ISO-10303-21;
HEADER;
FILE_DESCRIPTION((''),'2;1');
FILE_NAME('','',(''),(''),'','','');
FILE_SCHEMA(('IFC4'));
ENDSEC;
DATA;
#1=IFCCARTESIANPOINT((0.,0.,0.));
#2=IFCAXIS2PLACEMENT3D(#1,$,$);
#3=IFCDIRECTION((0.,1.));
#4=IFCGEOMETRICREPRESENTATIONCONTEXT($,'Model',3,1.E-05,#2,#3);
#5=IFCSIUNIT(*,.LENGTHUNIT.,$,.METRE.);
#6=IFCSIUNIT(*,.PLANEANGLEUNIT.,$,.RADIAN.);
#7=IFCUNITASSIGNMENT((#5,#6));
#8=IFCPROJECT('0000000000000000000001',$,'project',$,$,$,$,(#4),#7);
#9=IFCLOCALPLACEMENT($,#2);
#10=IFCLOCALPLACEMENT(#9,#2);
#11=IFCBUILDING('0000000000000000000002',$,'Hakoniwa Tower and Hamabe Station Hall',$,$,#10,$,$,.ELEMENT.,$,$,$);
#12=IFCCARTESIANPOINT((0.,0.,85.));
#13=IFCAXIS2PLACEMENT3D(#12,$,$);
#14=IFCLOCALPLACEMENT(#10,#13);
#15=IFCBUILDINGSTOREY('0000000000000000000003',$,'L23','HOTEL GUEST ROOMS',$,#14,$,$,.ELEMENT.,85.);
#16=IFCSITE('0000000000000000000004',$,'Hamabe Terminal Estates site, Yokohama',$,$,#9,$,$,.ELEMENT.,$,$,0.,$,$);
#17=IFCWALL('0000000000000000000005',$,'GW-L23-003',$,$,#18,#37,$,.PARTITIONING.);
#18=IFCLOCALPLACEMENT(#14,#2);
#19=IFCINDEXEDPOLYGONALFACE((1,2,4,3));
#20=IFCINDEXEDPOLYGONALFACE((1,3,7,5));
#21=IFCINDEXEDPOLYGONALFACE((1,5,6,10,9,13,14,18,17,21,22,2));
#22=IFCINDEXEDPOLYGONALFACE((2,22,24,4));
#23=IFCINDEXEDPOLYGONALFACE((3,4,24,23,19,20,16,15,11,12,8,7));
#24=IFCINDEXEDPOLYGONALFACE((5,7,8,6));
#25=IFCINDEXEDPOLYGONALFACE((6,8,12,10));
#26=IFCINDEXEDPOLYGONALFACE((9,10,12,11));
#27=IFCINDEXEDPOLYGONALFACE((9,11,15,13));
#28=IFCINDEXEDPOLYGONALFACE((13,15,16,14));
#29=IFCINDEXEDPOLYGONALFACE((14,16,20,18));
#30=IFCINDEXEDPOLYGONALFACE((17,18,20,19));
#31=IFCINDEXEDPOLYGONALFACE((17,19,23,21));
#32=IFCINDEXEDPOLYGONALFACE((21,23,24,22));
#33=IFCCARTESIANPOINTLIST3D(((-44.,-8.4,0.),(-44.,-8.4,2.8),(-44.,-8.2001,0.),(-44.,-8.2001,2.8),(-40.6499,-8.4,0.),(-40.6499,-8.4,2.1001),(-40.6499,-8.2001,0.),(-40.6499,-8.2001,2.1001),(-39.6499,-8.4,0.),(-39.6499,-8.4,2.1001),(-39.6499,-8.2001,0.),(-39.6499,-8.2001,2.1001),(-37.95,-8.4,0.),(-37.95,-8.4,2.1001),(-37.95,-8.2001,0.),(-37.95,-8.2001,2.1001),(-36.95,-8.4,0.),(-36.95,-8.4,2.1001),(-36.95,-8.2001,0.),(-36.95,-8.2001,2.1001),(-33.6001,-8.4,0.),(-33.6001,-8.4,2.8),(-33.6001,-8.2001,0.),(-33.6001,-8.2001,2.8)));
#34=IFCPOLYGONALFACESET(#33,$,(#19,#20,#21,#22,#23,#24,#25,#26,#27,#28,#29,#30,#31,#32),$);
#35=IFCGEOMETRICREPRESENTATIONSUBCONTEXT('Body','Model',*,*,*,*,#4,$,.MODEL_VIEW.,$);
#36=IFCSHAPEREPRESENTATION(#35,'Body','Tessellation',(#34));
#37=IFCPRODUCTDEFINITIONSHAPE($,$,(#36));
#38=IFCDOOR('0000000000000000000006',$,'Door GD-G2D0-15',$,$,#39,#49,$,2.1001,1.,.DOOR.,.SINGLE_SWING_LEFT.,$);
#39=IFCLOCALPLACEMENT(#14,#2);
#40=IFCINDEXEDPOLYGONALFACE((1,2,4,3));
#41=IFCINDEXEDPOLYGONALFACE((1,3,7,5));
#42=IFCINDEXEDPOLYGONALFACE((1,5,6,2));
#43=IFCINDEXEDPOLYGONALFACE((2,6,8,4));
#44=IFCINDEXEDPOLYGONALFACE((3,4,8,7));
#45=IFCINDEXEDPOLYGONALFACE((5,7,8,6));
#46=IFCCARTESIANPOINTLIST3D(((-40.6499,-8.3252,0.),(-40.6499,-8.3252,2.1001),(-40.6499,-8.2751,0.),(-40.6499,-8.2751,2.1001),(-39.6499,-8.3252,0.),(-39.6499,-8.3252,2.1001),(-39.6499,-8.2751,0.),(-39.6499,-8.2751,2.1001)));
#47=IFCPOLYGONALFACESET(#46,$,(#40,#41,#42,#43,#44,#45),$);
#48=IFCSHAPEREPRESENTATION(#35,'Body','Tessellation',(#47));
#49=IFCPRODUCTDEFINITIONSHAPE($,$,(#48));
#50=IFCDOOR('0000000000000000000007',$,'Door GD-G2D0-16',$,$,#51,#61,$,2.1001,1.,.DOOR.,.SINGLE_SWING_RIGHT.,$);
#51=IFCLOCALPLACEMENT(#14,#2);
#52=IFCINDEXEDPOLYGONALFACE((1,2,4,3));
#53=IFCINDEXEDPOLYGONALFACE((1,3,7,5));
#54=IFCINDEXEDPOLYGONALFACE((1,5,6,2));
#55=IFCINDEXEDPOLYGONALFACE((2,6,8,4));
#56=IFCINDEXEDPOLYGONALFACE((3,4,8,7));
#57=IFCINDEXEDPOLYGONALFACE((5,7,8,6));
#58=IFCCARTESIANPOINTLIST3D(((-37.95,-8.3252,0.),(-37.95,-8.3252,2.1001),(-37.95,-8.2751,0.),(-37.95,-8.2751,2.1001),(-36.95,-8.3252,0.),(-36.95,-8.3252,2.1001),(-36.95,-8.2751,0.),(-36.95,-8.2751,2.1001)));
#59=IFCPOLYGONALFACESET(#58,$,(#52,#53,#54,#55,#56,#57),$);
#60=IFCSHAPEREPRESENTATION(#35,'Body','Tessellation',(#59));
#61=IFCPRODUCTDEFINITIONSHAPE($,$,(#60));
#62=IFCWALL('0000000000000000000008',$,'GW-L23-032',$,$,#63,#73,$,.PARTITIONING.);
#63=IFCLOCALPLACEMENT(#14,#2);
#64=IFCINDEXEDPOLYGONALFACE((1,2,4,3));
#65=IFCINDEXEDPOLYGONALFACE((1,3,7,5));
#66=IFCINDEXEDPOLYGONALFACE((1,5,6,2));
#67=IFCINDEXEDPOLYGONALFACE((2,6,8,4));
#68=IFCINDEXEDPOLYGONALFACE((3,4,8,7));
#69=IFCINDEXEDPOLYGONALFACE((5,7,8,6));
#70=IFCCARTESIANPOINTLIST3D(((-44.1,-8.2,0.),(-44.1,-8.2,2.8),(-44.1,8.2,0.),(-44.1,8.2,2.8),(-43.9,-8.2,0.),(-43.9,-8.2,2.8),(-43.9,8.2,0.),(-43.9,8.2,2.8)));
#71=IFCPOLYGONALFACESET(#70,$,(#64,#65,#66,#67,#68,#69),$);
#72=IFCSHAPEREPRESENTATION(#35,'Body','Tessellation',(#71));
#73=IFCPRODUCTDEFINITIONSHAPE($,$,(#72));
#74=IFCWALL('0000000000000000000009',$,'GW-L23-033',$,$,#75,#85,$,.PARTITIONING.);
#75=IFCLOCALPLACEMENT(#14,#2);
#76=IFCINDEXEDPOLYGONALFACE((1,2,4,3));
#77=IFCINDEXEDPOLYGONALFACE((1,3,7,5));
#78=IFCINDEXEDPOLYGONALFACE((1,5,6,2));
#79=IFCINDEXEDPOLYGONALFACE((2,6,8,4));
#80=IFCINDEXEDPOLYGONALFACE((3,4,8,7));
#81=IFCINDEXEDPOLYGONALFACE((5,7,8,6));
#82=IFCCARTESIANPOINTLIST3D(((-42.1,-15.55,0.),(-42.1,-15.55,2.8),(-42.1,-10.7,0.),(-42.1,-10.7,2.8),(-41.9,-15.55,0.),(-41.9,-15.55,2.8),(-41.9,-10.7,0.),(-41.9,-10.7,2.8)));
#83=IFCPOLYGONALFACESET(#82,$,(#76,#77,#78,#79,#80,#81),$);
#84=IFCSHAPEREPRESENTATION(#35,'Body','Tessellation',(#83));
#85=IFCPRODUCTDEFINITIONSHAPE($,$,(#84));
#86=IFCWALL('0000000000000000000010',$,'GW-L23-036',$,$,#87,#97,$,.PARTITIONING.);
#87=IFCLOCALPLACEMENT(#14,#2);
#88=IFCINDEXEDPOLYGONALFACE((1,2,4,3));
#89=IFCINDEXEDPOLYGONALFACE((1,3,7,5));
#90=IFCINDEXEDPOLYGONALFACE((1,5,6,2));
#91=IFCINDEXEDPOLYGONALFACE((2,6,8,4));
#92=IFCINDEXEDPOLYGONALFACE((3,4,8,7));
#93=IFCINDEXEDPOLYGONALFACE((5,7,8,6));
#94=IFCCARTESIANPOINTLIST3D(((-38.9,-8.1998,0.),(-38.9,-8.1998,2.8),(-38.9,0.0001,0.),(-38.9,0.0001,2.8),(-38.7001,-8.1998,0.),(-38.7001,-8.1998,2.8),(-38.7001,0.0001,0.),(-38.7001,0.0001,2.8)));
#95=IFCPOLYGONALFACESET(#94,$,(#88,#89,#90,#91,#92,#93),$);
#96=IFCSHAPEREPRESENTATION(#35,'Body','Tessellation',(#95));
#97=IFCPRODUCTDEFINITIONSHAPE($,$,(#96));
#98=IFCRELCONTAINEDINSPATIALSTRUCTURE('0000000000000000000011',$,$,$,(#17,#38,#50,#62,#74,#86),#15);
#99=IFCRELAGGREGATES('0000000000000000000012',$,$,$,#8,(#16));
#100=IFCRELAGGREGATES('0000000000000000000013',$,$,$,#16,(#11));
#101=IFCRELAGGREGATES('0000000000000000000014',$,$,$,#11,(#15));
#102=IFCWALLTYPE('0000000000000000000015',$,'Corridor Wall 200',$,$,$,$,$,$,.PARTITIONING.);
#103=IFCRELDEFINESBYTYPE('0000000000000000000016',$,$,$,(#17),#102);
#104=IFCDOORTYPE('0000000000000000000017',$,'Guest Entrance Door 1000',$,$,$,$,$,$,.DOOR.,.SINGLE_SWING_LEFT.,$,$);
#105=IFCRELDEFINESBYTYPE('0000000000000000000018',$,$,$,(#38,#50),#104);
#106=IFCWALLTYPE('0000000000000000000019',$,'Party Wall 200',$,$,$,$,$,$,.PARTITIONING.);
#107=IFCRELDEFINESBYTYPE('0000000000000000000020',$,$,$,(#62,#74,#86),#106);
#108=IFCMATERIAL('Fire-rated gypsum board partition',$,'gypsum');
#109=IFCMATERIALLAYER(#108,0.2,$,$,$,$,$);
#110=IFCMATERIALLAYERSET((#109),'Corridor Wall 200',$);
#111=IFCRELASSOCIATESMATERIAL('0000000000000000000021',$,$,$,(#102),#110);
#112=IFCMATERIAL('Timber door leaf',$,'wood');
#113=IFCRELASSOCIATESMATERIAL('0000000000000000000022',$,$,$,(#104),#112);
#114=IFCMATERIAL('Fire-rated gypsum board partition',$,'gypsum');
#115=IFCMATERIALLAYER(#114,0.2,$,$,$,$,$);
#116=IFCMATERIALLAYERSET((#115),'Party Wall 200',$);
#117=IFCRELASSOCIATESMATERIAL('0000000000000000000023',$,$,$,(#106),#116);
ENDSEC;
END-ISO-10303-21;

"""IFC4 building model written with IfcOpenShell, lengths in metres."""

from ifc_helpers import new_model, si_unit, direction, frame, frame_2d, origin, place, context, subcontext, project, spatial, rectangle, extrude, material, layer, layer_set, type_object, element, fill, save


model = new_model("IFC4")

# Units and contexts
model_context = context("Model", 3, precision=1e-05, world=origin(), true_north=direction((0.0, 1.0)))
body_context = subcontext(model_context, "Body", "Model", "MODEL_VIEW")
ifc_project = project(units=[si_unit("LENGTHUNIT", "METRE"), si_unit("PLANEANGLEUNIT", "RADIAN")], contexts=[model_context])

# Site, building, storey
site_placement = place(None, origin())
site = spatial("IfcSite", under=ifc_project, at=site_placement, Name="Hamabe Terminal Estates site, Yokohama", CompositionType="ELEMENT", RefElevation=0.0)
building_placement = place(site_placement, origin())
building = spatial("IfcBuilding", under=site, at=building_placement, Name="Hakoniwa Tower and Hamabe Station Hall", CompositionType="ELEMENT")
storey_placement = place(building_placement, frame((0.0, 0.0, 85.0)))
storey = spatial("IfcBuildingStorey", under=building, at=storey_placement, Name="L23", Description="HOTEL GUEST ROOMS", CompositionType="ELEMENT", Elevation=85.0)

# Wall, openings, doors
ifc_material_1 = material(Name="Fire-rated gypsum board partition", Category="gypsum")
ifc_layer_1 = layer(ifc_material_1, 0.2)
ifc_layer_set_1 = layer_set([ifc_layer_1], Name="Corridor Wall 200")
wall_type_1 = type_object("IfcWallType", Name="Corridor Wall 200", PredefinedType="PARTITIONING", material=ifc_layer_set_1)
wall_1_placement = place(storey_placement, frame((-44.0, -8.3, 0.0), z_axis=(0.0, 0.0, 1.0), x_axis=(1.0, 0.0, 0.0)))
wall_1 = element("IfcWall", 1, at=wall_1_placement, inside=storey, type_object=wall_type_1, Name="GW-L23-003", PredefinedType="PARTITIONING", context=body_context, shape_type="SweptSolid", body=[
    extrude(rectangle(XDim=10.3999, YDim=0.2, at=frame_2d((5.2, 0.0))), origin(), (0.0, 0.0, 1.0), 2.8),
])
opening_1_placement = place(wall_1_placement, frame((3.3501, 0.0, 0.0)))
opening_1 = element("IfcOpeningElement", 2, at=opening_1_placement, cuts=wall_1, PredefinedType="OPENING", context=body_context, shape_type="SweptSolid", body=[
    extrude(rectangle(XDim=1.0, YDim=2.1001, at=frame_2d((0.5, 1.05))), frame((0.0, 0.1099, 0.0), z_axis=(0.0, -1.0, 0.0), x_axis=(1.0, 0.0, 0.0)), (0.0, 0.0, 1.0), 0.22),
])
opening_2_placement = place(wall_1_placement, frame((6.05, 0.0, 0.0)))
opening_2 = element("IfcOpeningElement", 3, at=opening_2_placement, cuts=wall_1, PredefinedType="OPENING", context=body_context, shape_type="SweptSolid", body=[
    extrude(rectangle(XDim=1.0, YDim=2.1001, at=frame_2d((0.5, 1.05))), frame((0.0, 0.1099, 0.0), z_axis=(0.0, -1.0, 0.0), x_axis=(1.0, 0.0, 0.0)), (0.0, 0.0, 1.0), 0.22),
])
ifc_material_2 = material(Name="Timber door leaf", Category="wood")
door_type_1 = type_object("IfcDoorType", Name="Guest Entrance Door 1000", OperationType="SINGLE_SWING_LEFT", PredefinedType="DOOR", material=ifc_material_2)
door_1_placement = place(opening_1_placement, origin())
door_1 = element("IfcDoor", 4, at=door_1_placement, inside=storey, type_object=door_type_1, Name="Door GD-G2D0-15", OperationType="SINGLE_SWING_LEFT", OverallHeight=2.1001, OverallWidth=1.0, PredefinedType="DOOR", context=body_context, shape_type="SweptSolid", body=[
    extrude(rectangle(XDim=1.0, YDim=2.1001, at=frame_2d((0.5, 1.05))), frame((0.0, 0.0249, 0.0), z_axis=(0.0, -1.0, 0.0), x_axis=(1.0, 0.0, 0.0)), (0.0, 0.0, 1.0), 0.05),
])
fill(opening_1, door_1)
door_2_placement = place(opening_2_placement, origin())
door_2 = element("IfcDoor", 5, at=door_2_placement, inside=storey, type_object=door_type_1, Name="Door GD-G2D0-16", OperationType="SINGLE_SWING_RIGHT", OverallHeight=2.1001, OverallWidth=1.0, PredefinedType="DOOR", context=body_context, shape_type="SweptSolid", body=[
    extrude(rectangle(XDim=1.0, YDim=2.1001, at=frame_2d((0.5, 1.05))), frame((0.0, 0.0249, 0.0), z_axis=(0.0, -1.0, 0.0), x_axis=(1.0, 0.0, 0.0)), (0.0, 0.0, 1.0), 0.05),
])
fill(opening_2, door_2)

# Walls
ifc_material_3 = material(Name="Fire-rated gypsum board partition", Category="gypsum")
ifc_layer_2 = layer(ifc_material_3, 0.2)
ifc_layer_set_2 = layer_set([ifc_layer_2], Name="Party Wall 200")
wall_type_2 = type_object("IfcWallType", Name="Party Wall 200", PredefinedType="PARTITIONING", material=ifc_layer_set_2)
wall_2_placement = place(storey_placement, frame((-44.0, -8.2, 0.0), z_axis=(0.0, 0.0, 1.0), x_axis=(0.0, 1.0, 0.0)))
element("IfcWall", 6, at=wall_2_placement, inside=storey, type_object=wall_type_2, Name="GW-L23-032", PredefinedType="PARTITIONING", context=body_context, shape_type="SweptSolid", body=[
    extrude(rectangle(XDim=16.3999, YDim=0.2, at=frame_2d((8.2, 0.0))), origin(), (0.0, 0.0, 1.0), 2.8),
])
wall_3_placement = place(storey_placement, frame((-42.0, -15.55, 0.0), z_axis=(0.0, 0.0, 1.0), x_axis=(0.0, 1.0, 0.0)))
element("IfcWall", 7, at=wall_3_placement, inside=storey, type_object=wall_type_2, Name="GW-L23-033", PredefinedType="PARTITIONING", context=body_context, shape_type="SweptSolid", body=[
    extrude(rectangle(XDim=4.8501, YDim=0.2, at=frame_2d((2.425, 0.0))), origin(), (0.0, 0.0, 1.0), 2.8),
])
wall_4_placement = place(storey_placement, frame((-38.8, -8.2, 0.0), z_axis=(0.0, 0.0, 1.0), x_axis=(0.0, 1.0, 0.0)))
element("IfcWall", 8, at=wall_4_placement, inside=storey, type_object=wall_type_2, Name="GW-L23-036", PredefinedType="PARTITIONING", context=body_context, shape_type="SweptSolid", body=[
    extrude(rectangle(XDim=8.2, YDim=0.2, at=frame_2d((4.1001, 0.0))), origin(), (0.0, 0.0, 1.0), 2.8),
])

save(model, "model.ifc")
